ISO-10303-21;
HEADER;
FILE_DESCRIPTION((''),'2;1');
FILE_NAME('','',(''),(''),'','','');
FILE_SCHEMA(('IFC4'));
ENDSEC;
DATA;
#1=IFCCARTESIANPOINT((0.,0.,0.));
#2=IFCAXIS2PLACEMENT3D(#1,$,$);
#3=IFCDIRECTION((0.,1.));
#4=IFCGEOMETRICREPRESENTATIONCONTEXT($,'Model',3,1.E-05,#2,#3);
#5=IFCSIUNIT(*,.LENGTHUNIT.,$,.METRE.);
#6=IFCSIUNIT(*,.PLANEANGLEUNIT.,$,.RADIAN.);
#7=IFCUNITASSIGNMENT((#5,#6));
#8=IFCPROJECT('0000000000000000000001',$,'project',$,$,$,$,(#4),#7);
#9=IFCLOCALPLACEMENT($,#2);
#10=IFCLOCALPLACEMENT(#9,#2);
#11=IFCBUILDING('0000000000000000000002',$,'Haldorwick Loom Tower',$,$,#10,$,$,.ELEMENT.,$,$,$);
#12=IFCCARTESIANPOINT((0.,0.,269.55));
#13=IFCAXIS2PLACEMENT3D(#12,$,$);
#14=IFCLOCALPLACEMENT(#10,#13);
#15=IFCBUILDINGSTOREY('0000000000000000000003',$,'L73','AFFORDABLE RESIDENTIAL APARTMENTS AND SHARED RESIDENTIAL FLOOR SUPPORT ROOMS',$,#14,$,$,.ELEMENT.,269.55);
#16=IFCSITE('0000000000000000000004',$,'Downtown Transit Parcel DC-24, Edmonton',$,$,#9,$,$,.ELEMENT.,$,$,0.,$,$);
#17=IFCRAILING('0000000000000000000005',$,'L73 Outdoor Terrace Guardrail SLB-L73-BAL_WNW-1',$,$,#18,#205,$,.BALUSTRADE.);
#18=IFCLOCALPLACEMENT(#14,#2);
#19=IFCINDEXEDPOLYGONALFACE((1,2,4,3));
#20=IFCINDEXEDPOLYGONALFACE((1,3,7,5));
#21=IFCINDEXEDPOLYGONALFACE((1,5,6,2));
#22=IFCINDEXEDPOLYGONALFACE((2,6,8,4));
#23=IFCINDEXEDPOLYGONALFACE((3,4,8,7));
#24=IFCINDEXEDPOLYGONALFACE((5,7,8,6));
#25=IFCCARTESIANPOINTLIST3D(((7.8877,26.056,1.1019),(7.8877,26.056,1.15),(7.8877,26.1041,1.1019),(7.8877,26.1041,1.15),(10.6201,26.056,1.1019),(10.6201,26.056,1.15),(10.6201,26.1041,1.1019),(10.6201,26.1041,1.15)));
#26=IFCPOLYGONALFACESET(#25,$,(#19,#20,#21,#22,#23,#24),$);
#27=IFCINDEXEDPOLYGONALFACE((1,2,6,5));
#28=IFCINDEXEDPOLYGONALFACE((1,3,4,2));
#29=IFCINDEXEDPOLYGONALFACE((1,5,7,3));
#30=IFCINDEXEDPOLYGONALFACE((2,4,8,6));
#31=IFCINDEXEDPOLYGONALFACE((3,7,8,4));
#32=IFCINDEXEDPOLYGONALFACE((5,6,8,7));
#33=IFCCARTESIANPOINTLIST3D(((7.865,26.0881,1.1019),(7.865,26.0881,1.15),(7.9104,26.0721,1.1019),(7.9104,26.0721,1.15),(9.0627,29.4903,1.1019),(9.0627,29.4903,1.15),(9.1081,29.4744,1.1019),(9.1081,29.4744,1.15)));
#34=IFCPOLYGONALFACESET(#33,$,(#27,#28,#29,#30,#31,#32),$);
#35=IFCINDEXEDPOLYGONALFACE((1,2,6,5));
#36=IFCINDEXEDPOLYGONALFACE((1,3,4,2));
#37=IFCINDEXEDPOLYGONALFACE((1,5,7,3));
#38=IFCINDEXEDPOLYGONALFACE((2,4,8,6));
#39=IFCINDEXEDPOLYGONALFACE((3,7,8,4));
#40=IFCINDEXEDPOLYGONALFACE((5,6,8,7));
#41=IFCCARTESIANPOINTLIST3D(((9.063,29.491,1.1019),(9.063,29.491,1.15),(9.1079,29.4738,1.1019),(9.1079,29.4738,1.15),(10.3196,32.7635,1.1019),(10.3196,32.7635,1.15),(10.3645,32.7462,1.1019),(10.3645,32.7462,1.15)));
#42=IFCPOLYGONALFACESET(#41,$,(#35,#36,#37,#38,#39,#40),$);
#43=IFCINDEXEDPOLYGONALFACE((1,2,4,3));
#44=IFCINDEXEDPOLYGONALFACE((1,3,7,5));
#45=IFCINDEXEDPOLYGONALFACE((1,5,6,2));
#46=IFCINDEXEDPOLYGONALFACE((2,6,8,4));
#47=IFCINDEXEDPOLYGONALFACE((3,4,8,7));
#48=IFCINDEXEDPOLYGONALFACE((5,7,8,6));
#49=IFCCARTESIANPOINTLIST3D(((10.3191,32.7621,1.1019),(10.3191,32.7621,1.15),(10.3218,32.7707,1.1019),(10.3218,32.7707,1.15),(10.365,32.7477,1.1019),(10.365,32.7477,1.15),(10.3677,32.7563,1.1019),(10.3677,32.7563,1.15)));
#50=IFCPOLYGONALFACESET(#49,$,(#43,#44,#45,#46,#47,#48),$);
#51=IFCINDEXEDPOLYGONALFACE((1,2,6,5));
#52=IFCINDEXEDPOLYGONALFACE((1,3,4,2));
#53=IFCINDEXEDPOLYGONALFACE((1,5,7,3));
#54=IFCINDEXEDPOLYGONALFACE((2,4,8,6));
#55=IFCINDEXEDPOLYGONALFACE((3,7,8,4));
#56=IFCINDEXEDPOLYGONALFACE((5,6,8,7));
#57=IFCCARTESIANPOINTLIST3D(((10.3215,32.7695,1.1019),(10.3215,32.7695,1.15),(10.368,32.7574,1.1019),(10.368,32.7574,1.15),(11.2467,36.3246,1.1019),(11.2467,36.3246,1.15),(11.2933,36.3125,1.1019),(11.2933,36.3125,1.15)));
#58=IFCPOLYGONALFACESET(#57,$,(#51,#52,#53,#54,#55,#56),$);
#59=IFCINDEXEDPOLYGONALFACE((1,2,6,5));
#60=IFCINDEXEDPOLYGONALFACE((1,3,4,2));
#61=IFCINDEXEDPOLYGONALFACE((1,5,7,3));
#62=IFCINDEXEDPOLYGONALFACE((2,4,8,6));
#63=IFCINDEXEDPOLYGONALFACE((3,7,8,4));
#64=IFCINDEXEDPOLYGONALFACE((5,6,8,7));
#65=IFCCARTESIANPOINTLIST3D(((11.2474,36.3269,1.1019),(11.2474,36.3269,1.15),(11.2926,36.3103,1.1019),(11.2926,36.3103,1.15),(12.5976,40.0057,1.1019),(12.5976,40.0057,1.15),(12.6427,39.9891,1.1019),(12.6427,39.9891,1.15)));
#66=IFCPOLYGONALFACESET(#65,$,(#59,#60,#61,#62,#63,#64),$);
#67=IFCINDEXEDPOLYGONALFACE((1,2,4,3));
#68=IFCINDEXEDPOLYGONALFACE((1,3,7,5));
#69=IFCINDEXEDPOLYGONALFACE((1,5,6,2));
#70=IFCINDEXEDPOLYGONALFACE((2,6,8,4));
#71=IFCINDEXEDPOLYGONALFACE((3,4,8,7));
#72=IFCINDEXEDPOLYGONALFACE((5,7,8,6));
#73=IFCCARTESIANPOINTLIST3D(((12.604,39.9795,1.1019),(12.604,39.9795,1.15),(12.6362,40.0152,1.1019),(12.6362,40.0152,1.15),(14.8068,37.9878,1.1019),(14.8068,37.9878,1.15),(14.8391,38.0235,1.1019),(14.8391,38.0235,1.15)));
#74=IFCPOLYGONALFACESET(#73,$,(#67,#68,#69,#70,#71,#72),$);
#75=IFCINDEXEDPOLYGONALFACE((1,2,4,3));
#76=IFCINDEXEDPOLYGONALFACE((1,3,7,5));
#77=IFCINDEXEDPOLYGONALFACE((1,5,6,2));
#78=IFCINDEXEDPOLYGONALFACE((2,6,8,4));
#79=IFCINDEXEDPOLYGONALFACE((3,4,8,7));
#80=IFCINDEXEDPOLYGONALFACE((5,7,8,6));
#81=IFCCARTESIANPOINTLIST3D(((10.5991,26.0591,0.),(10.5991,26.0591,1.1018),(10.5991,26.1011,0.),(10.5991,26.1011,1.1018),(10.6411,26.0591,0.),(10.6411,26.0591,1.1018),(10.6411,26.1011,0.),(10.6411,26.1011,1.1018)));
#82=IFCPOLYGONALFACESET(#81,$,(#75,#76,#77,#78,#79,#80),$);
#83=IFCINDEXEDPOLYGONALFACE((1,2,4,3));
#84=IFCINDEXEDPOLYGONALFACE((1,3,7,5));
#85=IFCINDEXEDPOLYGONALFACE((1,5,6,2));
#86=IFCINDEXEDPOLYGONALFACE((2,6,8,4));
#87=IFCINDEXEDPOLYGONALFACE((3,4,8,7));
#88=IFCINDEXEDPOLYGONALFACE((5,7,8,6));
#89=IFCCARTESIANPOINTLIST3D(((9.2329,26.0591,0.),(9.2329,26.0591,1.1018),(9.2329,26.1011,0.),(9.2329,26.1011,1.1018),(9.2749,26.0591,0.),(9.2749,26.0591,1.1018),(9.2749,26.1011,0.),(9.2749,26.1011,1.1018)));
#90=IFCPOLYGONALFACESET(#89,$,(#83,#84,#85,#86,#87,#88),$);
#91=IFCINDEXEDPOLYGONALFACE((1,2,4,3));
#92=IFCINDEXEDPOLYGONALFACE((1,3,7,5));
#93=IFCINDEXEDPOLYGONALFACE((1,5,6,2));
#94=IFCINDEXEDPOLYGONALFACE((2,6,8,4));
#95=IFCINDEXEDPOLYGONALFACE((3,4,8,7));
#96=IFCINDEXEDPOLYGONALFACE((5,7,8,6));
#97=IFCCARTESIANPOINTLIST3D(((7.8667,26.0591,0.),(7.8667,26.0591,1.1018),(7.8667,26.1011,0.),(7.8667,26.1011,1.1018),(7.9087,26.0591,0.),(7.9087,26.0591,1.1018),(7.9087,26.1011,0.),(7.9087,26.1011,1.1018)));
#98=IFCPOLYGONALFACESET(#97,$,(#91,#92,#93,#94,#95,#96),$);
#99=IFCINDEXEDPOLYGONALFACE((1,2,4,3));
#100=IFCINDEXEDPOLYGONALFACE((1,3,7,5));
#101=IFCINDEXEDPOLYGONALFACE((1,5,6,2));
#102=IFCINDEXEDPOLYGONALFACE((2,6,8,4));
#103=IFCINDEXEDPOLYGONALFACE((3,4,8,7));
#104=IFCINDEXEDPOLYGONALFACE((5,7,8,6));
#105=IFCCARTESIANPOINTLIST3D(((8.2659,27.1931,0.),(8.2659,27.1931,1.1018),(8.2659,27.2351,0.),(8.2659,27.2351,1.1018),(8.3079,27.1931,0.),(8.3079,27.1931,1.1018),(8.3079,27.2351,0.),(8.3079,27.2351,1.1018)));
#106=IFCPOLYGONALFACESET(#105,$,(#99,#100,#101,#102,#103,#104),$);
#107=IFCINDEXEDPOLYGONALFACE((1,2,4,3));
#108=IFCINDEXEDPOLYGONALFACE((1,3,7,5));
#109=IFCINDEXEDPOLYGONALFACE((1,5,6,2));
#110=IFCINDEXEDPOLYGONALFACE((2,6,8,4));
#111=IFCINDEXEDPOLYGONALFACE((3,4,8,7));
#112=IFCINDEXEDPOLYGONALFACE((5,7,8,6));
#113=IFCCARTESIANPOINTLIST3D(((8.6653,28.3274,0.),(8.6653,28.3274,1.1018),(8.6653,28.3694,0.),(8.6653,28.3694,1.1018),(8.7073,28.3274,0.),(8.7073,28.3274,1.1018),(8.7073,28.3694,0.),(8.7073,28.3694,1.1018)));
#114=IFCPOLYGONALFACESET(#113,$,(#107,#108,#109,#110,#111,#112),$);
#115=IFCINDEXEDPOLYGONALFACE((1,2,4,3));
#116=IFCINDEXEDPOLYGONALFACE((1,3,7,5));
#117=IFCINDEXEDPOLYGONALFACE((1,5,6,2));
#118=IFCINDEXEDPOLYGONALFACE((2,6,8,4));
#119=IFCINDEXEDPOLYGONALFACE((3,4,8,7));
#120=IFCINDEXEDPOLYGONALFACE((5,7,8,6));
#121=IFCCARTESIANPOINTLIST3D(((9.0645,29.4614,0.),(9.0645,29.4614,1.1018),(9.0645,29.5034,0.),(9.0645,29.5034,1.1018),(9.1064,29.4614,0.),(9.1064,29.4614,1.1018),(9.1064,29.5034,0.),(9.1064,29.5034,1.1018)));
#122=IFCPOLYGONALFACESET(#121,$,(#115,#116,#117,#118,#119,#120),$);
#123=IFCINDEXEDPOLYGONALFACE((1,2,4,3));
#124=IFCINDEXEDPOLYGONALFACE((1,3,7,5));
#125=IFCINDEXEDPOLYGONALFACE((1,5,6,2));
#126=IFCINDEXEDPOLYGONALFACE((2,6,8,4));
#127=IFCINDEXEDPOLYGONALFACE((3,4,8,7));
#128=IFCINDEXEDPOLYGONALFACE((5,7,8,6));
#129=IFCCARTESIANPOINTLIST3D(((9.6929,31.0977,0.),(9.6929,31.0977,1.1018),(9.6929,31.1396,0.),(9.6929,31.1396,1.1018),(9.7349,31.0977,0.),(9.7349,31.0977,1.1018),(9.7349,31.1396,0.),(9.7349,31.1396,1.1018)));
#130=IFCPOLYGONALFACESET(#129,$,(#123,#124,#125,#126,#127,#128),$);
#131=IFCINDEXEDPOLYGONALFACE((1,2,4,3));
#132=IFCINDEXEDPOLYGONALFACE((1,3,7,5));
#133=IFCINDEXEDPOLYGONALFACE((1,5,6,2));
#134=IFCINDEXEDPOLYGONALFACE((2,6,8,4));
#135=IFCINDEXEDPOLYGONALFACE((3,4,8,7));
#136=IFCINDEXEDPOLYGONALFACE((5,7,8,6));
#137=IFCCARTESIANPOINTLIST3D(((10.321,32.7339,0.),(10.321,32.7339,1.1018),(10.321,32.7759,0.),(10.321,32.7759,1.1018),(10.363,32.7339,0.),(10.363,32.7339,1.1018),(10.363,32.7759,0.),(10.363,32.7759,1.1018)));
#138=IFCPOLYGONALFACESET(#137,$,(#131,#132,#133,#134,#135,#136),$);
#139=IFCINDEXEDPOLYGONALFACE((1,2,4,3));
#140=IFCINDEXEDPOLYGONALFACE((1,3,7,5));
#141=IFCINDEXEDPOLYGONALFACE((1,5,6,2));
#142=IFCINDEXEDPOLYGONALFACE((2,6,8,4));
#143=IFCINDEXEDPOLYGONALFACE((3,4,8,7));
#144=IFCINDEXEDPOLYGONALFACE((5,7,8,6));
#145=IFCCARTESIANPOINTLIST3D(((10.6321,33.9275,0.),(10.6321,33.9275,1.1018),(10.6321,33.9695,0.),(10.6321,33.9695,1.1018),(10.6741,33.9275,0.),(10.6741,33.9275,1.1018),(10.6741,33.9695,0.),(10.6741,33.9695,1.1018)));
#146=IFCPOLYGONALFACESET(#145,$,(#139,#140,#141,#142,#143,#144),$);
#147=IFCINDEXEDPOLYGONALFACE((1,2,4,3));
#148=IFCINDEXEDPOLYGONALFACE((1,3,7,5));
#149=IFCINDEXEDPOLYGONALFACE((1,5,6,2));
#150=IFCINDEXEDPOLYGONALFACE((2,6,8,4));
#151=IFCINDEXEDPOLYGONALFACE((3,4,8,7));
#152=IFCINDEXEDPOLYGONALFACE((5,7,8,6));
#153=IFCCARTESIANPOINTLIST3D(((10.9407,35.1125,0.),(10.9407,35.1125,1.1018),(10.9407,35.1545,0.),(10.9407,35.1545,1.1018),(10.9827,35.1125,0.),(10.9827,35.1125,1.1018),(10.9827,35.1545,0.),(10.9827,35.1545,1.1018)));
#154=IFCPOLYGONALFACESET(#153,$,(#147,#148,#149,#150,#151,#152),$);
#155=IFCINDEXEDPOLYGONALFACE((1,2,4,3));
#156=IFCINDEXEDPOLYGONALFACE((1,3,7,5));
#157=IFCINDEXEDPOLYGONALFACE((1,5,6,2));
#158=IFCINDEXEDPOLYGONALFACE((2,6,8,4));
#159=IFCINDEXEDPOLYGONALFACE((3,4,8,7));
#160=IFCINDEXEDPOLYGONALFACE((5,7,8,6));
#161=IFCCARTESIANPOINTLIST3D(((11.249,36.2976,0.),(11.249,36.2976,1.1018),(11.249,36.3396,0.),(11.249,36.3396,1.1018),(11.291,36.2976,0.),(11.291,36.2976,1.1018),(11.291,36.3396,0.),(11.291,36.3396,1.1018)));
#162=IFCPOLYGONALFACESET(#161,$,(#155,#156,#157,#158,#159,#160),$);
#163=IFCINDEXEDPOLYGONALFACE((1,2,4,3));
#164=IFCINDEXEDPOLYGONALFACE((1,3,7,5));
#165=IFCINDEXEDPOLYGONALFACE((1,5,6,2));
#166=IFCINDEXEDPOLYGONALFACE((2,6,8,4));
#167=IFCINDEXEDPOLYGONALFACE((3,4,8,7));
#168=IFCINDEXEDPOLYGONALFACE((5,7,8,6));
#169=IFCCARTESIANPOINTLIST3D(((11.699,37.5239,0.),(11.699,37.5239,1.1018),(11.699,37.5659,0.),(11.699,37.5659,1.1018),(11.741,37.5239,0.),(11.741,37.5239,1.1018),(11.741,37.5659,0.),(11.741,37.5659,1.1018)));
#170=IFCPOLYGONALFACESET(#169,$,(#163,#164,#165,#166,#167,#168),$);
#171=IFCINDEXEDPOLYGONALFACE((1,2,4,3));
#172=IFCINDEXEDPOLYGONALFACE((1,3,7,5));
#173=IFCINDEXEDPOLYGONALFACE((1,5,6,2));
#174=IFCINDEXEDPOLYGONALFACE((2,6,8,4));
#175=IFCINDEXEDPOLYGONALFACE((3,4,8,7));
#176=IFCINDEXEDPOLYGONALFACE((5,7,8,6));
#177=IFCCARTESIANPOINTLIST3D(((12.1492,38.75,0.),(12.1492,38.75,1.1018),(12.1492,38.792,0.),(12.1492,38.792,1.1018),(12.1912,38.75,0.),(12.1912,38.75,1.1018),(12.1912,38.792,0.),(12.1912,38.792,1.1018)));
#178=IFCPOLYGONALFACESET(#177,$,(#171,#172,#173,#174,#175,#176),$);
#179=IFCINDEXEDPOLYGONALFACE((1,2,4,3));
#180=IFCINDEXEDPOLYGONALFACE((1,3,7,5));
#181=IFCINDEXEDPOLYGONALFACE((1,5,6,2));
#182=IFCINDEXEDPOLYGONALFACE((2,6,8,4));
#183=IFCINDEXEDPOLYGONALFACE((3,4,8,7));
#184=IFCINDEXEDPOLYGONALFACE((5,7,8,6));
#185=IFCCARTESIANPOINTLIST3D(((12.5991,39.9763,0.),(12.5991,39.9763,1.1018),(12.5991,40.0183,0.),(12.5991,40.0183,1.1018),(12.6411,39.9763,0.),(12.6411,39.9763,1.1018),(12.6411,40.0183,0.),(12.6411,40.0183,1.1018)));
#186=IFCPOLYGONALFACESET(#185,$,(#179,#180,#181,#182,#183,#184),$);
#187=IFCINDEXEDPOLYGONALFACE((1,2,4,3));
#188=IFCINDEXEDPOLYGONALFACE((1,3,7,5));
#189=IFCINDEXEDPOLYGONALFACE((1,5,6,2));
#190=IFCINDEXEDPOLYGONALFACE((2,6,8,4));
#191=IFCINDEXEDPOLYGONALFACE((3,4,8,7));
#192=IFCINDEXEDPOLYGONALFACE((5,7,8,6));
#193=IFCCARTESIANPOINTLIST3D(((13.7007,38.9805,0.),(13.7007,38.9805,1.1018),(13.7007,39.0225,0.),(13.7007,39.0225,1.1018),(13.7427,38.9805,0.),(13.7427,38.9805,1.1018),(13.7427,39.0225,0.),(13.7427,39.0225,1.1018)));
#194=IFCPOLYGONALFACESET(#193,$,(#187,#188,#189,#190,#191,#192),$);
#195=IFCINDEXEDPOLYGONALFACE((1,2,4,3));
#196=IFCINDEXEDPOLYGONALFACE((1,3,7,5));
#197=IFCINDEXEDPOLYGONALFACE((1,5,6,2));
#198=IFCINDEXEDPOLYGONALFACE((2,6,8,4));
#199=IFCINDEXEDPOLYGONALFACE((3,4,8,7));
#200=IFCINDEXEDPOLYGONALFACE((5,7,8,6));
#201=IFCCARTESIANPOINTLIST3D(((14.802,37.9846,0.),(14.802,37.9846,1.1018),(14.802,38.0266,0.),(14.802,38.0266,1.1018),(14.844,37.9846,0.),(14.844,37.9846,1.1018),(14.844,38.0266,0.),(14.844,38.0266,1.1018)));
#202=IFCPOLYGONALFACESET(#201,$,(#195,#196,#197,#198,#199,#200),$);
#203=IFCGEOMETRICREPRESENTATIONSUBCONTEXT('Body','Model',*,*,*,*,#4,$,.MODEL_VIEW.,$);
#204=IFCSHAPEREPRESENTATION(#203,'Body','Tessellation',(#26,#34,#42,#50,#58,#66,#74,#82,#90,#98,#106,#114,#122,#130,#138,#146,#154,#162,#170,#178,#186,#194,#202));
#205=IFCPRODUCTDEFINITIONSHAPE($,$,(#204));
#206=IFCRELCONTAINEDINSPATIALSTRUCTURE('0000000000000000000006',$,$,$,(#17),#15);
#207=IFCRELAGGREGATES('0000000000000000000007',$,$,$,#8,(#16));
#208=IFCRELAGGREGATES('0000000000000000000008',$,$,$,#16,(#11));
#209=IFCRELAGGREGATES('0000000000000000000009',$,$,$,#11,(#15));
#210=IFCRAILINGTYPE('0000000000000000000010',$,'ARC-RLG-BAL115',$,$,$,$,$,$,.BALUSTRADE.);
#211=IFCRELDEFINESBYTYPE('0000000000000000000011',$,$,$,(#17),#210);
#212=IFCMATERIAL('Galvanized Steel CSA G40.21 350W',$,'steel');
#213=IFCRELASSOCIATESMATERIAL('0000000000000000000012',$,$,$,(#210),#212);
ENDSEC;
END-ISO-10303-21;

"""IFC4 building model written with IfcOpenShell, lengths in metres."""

from ifc_helpers import new_model, si_unit, direction, frame, origin, origin_2d, place, context, subcontext, project, spatial, rectangle, extrude, material, type_object, element, save


model = new_model("IFC4")

# Units and contexts
model_context = context("Model", 3, precision=1e-05, world=origin(), true_north=direction((0.0, 1.0)))
body_context = subcontext(model_context, "Body", "Model", "MODEL_VIEW")
ifc_project = project(units=[si_unit("LENGTHUNIT", "METRE"), si_unit("PLANEANGLEUNIT", "RADIAN")], contexts=[model_context])

# Site, building, storey
site_placement = place(None, origin())
site = spatial("IfcSite", under=ifc_project, at=site_placement, Name="Downtown Transit Parcel DC-24, Edmonton", CompositionType="ELEMENT", RefElevation=0.0)
building_placement = place(site_placement, origin())
building = spatial("IfcBuilding", under=site, at=building_placement, Name="Haldorwick Loom Tower", CompositionType="ELEMENT")
storey_placement = place(building_placement, frame((0.0, 0.0, 269.55)))
storey = spatial("IfcBuildingStorey", under=building, at=storey_placement, Name="L73", Description="AFFORDABLE RESIDENTIAL APARTMENTS AND SHARED RESIDENTIAL FLOOR SUPPORT ROOMS", CompositionType="ELEMENT", Elevation=269.55)

# Railing
ifc_material_1 = material(Name="Galvanized Steel CSA G40.21 350W", Category="steel")
railing_type = type_object("IfcRailingType", Name="ARC-RLG-BAL115", PredefinedType="BALUSTRADE", material=ifc_material_1)
railing_placement = place(storey_placement, frame((10.6201, 26.0801, 0.0)))
element("IfcRailing", 1, at=railing_placement, inside=storey, type_object=railing_type, Name="L73 Outdoor Terrace Guardrail SLB-L73-BAL_WNW-1", PredefinedType="BALUSTRADE", context=body_context, shape_type="SweptSolid", body=[
    extrude(rectangle(XDim=0.0481, YDim=0.0481, at=origin_2d()), frame((0.0, 0.0, 1.126), z_axis=(-1.0, 0.0, 0.0), x_axis=(0.0, -1.0, 0.0)), (0.0, 0.0, 1.0), 2.7324),
    extrude(rectangle(XDim=0.0481, YDim=0.0481, at=origin_2d()), frame((-2.7324, 0.0, 1.126), z_axis=(0.332062, 0.943257, 0.0), x_axis=(-0.943257, 0.332062, 0.0)), (0.0, 0.0, 1.0), 3.6069),
    extrude(rectangle(XDim=0.0481, YDim=0.0481, at=origin_2d()), frame((-1.5347, 3.4023, 1.126), z_axis=(0.35847, 0.933541, 0.0), x_axis=(-0.933541, 0.35847, 0.0)), (0.0, 0.0, 1.0), 3.5054),
    extrude(rectangle(XDim=0.0481, YDim=0.0481, at=origin_2d()), frame((-0.2781, 6.6748, 1.126), z_axis=(0.299827, 0.953994, 0.0), x_axis=(-0.953994, 0.299827, 0.0)), (0.0, 0.0, 1.0), 0.009),
    extrude(rectangle(XDim=0.0481, YDim=0.0481, at=origin_2d()), frame((-0.2754, 6.6833, 1.126), z_axis=(0.251875, 0.96776, 0.0), x_axis=(-0.96776, 0.251875, 0.0)), (0.0, 0.0, 1.0), 3.6736),
    extrude(rectangle(XDim=0.0481, YDim=0.0481, at=origin_2d()), frame((0.6499, 10.2385, 1.126), z_axis=(0.344533, 0.938774, 0.0), x_axis=(-0.938774, 0.344533, 0.0)), (0.0, 0.0, 1.0), 3.9187),
    extrude(rectangle(XDim=0.0481, YDim=0.0481, at=origin_2d()), frame((2.0, 13.9172, 1.126), z_axis=(0.741767, -0.670657, 0.0), x_axis=(0.670657, 0.741767, 0.0)), (0.0, 0.0, 1.0), 2.9697),
    extrude(rectangle(XDim=0.042, YDim=0.042, at=origin_2d()), origin(), (0.0, 0.0, 1.0), 1.1018),
    extrude(rectangle(XDim=0.042, YDim=0.042, at=origin_2d()), frame((-1.3662, 0.0, 0.0)), (0.0, 0.0, 1.0), 1.1018),
    extrude(rectangle(XDim=0.042, YDim=0.042, at=origin_2d()), frame((-2.7324, 0.0, 0.0)), (0.0, 0.0, 1.0), 1.1018),
    extrude(rectangle(XDim=0.042, YDim=0.042, at=origin_2d()), frame((-2.3333, 1.134, 0.0)), (0.0, 0.0, 1.0), 1.1018),
    extrude(rectangle(XDim=0.042, YDim=0.042, at=origin_2d()), frame((-1.9338, 2.2683, 0.0)), (0.0, 0.0, 1.0), 1.1018),
    extrude(rectangle(XDim=0.042, YDim=0.042, at=origin_2d()), frame((-1.5347, 3.4023, 0.0)), (0.0, 0.0, 1.0), 1.1018),
    extrude(rectangle(XDim=0.042, YDim=0.042, at=origin_2d()), frame((-0.9062, 5.0386, 0.0)), (0.0, 0.0, 1.0), 1.1018),
    extrude(rectangle(XDim=0.042, YDim=0.042, at=origin_2d()), frame((-0.2781, 6.6748, 0.0)), (0.0, 0.0, 1.0), 1.1018),
    extrude(rectangle(XDim=0.042, YDim=0.042, at=origin_2d()), frame((0.033, 7.8684, 0.0)), (0.0, 0.0, 1.0), 1.1018),
    extrude(rectangle(XDim=0.042, YDim=0.042, at=origin_2d()), frame((0.3416, 9.0535, 0.0)), (0.0, 0.0, 1.0), 1.1018),
    extrude(rectangle(XDim=0.042, YDim=0.042, at=origin_2d()), frame((0.6499, 10.2385, 0.0)), (0.0, 0.0, 1.0), 1.1018),
    extrude(rectangle(XDim=0.042, YDim=0.042, at=origin_2d()), frame((1.0999, 11.4648, 0.0)), (0.0, 0.0, 1.0), 1.1018),
    extrude(rectangle(XDim=0.042, YDim=0.042, at=origin_2d()), frame((1.55, 12.6909, 0.0)), (0.0, 0.0, 1.0), 1.1018),
    extrude(rectangle(XDim=0.042, YDim=0.042, at=origin_2d()), frame((2.0, 13.9172, 0.0)), (0.0, 0.0, 1.0), 1.1018),
    extrude(rectangle(XDim=0.042, YDim=0.042, at=origin_2d()), frame((3.1016, 12.9214, 0.0)), (0.0, 0.0, 1.0), 1.1018),
    extrude(rectangle(XDim=0.042, YDim=0.042, at=origin_2d()), frame((4.2029, 11.9255, 0.0)), (0.0, 0.0, 1.0), 1.1018),
])

save(model, "model.ifc")
